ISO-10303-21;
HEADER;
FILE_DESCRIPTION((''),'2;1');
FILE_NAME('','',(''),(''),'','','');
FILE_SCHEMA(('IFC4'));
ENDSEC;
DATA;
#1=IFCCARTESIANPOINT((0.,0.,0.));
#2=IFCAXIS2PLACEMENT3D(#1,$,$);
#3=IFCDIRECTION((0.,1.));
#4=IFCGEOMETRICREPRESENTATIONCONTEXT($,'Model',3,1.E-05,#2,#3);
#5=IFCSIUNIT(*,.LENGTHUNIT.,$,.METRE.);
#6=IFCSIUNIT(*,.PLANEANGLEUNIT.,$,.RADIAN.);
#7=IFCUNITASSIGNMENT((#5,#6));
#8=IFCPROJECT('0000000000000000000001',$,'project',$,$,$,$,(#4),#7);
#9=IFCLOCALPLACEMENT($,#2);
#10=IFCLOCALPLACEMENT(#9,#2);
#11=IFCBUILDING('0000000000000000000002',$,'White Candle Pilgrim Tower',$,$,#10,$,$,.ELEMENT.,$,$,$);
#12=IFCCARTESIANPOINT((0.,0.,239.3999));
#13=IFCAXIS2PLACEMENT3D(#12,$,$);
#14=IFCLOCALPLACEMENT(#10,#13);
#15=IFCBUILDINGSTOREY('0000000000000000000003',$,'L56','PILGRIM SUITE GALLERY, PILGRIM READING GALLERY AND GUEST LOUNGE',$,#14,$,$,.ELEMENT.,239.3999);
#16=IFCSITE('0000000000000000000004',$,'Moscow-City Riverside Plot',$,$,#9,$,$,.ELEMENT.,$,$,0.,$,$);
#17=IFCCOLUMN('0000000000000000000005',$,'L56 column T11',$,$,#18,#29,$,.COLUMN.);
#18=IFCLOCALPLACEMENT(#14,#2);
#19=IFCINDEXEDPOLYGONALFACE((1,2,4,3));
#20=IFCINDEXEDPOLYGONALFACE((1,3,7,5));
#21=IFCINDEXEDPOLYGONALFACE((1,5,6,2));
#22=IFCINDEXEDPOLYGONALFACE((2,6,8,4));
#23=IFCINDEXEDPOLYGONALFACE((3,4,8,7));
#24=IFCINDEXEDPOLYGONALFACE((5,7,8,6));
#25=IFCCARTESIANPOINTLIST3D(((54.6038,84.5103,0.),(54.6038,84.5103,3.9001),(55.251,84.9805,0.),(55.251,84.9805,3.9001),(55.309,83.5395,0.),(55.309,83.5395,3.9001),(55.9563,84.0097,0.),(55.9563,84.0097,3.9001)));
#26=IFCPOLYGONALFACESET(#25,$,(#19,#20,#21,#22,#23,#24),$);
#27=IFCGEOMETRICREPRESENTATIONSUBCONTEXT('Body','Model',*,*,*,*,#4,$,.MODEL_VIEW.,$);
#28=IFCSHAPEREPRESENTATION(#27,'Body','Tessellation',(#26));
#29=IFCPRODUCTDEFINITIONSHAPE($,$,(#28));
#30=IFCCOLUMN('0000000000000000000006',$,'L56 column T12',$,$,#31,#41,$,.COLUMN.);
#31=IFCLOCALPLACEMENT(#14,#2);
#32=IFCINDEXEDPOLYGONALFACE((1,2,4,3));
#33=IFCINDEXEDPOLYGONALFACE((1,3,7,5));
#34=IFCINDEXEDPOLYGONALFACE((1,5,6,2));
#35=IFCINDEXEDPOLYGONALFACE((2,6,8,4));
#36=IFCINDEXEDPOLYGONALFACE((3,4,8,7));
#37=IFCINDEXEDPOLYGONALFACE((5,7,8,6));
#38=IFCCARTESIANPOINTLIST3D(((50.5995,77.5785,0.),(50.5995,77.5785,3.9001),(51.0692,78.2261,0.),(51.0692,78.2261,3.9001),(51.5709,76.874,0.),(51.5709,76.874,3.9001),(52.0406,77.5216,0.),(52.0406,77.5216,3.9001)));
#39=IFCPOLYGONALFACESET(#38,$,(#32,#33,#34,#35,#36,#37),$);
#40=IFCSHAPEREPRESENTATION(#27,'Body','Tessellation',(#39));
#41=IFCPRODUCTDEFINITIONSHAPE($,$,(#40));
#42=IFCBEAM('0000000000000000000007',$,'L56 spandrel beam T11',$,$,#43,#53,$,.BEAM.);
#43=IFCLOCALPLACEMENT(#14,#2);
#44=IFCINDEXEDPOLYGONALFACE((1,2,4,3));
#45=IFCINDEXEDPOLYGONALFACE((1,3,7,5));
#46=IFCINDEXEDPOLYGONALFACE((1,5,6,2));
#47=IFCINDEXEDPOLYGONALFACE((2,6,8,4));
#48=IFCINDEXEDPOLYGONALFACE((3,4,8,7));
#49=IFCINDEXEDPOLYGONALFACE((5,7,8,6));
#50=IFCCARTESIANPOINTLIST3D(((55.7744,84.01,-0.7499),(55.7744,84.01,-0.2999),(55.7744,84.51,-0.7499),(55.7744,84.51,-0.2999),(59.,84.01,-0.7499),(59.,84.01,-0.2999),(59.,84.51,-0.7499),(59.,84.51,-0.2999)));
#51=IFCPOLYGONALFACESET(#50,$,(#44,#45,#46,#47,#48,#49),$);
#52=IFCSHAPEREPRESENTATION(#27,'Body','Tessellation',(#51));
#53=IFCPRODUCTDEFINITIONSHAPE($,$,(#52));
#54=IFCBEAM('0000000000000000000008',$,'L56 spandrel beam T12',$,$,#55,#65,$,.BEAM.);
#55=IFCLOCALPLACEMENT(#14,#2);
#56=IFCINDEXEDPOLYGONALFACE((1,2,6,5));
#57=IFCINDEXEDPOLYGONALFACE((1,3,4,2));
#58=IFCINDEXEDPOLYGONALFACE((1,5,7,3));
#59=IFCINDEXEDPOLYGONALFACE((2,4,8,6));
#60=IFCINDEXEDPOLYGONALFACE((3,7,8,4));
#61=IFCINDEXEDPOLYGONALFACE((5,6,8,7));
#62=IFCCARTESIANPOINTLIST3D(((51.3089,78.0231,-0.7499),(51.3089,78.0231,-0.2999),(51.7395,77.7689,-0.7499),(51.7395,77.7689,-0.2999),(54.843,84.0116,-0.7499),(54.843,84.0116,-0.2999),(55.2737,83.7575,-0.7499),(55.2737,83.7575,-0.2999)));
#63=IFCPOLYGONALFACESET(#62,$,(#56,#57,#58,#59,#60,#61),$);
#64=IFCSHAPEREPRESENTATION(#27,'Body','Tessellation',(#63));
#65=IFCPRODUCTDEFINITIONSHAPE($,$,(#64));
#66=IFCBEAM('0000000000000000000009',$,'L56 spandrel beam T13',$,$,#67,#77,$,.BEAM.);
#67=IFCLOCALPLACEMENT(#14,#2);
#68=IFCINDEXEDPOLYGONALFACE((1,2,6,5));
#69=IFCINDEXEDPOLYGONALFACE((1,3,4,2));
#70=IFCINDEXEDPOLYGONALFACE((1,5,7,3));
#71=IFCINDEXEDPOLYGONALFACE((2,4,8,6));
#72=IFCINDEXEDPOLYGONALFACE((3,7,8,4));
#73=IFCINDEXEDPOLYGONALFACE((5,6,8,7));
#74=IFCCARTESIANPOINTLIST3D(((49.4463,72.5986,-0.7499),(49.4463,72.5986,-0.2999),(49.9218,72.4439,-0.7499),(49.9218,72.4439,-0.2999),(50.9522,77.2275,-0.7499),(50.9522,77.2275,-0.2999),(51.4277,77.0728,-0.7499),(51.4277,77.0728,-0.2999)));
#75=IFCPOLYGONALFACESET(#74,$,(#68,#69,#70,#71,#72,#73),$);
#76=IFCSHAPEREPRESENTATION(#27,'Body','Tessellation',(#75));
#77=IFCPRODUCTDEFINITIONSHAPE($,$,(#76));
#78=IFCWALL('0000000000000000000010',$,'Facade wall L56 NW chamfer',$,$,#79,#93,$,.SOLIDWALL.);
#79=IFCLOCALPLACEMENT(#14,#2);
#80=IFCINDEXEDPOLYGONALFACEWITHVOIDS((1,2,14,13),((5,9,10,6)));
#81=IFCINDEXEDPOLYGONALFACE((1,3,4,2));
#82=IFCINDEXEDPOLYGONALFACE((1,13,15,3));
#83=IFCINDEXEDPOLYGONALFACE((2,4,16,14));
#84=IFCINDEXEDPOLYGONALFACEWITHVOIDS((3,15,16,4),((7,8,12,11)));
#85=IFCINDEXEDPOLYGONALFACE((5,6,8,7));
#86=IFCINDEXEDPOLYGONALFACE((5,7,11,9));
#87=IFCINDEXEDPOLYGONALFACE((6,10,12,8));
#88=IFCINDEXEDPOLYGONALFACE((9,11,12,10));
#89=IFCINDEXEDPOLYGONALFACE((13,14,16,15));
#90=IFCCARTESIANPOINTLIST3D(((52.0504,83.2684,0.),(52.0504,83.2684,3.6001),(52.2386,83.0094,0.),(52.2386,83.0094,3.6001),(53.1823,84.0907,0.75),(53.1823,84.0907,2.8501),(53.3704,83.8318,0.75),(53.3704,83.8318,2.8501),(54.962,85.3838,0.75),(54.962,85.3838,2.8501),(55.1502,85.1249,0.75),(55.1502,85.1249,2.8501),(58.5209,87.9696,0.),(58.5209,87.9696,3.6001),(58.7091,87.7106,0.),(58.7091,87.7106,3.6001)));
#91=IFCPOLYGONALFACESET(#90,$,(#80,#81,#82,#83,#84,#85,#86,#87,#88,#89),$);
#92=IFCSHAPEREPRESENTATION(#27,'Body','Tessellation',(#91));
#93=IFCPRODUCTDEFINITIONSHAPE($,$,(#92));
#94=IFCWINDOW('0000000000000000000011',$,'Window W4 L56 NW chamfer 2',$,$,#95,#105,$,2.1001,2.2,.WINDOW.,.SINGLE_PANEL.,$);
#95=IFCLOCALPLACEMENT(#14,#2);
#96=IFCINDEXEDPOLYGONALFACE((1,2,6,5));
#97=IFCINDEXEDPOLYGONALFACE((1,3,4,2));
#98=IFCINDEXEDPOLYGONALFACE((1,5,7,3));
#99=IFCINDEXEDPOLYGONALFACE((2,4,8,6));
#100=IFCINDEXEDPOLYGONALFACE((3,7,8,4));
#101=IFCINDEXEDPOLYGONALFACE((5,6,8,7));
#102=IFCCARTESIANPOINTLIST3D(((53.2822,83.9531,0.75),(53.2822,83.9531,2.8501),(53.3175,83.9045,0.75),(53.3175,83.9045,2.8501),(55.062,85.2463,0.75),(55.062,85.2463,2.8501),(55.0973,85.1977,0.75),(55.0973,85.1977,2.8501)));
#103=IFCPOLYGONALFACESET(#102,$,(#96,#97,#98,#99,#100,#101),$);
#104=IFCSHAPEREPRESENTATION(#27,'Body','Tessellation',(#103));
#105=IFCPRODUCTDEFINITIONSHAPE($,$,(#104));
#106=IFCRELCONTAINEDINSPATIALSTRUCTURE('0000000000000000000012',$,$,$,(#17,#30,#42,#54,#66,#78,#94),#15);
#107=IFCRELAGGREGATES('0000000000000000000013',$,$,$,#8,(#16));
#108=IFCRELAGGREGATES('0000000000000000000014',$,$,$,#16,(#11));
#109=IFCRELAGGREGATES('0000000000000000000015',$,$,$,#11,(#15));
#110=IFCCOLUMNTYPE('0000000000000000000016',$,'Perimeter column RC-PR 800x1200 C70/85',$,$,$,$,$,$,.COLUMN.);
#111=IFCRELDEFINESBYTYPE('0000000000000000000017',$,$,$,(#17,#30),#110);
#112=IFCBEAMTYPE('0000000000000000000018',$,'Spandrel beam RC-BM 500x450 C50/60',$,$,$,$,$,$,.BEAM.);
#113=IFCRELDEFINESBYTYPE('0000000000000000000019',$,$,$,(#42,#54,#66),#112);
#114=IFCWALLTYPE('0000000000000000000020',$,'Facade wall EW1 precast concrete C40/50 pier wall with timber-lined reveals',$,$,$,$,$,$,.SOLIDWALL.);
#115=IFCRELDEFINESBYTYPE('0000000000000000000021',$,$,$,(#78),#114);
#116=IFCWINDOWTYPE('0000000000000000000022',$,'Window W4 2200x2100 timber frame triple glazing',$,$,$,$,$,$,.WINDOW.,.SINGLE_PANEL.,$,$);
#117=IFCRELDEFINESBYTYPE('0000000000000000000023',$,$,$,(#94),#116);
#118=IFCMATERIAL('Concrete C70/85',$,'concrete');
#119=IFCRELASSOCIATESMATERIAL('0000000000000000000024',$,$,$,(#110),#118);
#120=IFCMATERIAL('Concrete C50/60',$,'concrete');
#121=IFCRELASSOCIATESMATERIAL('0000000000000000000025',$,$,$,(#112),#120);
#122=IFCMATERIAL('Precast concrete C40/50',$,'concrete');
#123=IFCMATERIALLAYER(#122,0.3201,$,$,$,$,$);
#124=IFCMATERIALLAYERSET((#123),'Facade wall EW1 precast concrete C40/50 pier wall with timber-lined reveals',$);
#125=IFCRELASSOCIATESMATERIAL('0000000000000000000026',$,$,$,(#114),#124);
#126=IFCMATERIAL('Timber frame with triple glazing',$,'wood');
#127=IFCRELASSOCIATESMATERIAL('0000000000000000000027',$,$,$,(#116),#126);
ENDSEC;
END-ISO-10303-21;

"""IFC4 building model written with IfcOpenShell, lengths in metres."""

from ifc_helpers import new_model, si_unit, direction, frame, frame_2d, origin, origin_2d, place, context, subcontext, project, spatial, rectangle, extrude, material, layer, layer_set, material_profile, profile_set, type_object, element, fill, save


model = new_model("IFC4")

# Units and contexts
model_context = context("Model", 3, precision=1e-05, world=origin(), true_north=direction((0.0, 1.0)))
body_context = subcontext(model_context, "Body", "Model", "MODEL_VIEW")
ifc_project = project(units=[si_unit("LENGTHUNIT", "METRE"), si_unit("PLANEANGLEUNIT", "RADIAN")], contexts=[model_context])

# Site, building, storey
site_placement = place(None, origin())
site = spatial("IfcSite", under=ifc_project, at=site_placement, Name="Moscow-City Riverside Plot", CompositionType="ELEMENT", RefElevation=0.0)
building_placement = place(site_placement, origin())
building = spatial("IfcBuilding", under=site, at=building_placement, Name="White Candle Pilgrim Tower", CompositionType="ELEMENT")
storey_placement = place(building_placement, frame((0.0, 0.0, 239.3999)))
storey = spatial("IfcBuildingStorey", under=building, at=storey_placement, Name="L56", Description="PILGRIM SUITE GALLERY, PILGRIM READING GALLERY AND GUEST LOUNGE", CompositionType="ELEMENT", Elevation=239.3999)

# Columns
ifc_material_1 = material(Name="Concrete C70/85", Category="concrete")
ifc_material_profile_1 = material_profile(ifc_material_1, rectangle(XDim=0.8, YDim=1.2, at=origin_2d()), Name="RC-PR 800x1200")
ifc_profile_set_1 = profile_set([ifc_material_profile_1], Name="Concrete C70/85")
column_type = type_object("IfcColumnType", Name="Perimeter column RC-PR 800x1200 C70/85", PredefinedType="COLUMN", material=ifc_profile_set_1)
for number, where, z_axis, x_axis, name in (
    (1, (55.28, 84.26, 0.0), (0.0, 0.0, 1.0), (0.809027, 0.587771, 0.0), "L56 column T11"),
    (2, (51.3201, 77.55, 0.0), (0.0, 0.0, 1.0), (0.587107, 0.809509, 0.0), "L56 column T12"),
):
    element("IfcColumn", number, at=place(storey_placement, frame(where, z_axis=z_axis, x_axis=x_axis)), inside=storey, type_object=column_type, Name=name, PredefinedType="COLUMN", context=body_context, shape_type="SweptSolid", body=[
        extrude(rectangle(XDim=0.8, YDim=1.2, at=origin_2d()), origin(), (0.0, 0.0, 1.0), 3.9001),
    ])

# Beams
ifc_material_2 = material(Name="Concrete C50/60", Category="concrete")
ifc_material_profile_2 = material_profile(ifc_material_2, rectangle(XDim=0.5, YDim=0.45, at=origin_2d()), Name="RC-BM 500x450")
ifc_profile_set_2 = profile_set([ifc_material_profile_2], Name="Concrete C50/60")
beam_type = type_object("IfcBeamType", Name="Spandrel beam RC-BM 500x450 C50/60", PredefinedType="BEAM", material=ifc_profile_set_2)
beam_1_placement = place(storey_placement, frame((55.7744, 84.26, -0.5249), z_axis=(1.0, 0.0, 0.0), x_axis=(0.0, 1.0, 0.0)))
element("IfcBeam", 3, at=beam_1_placement, inside=storey, type_object=beam_type, Name="L56 spandrel beam T11", PredefinedType="BEAM", context=body_context, shape_type="SweptSolid", body=[
    extrude(rectangle(XDim=0.5, YDim=0.45, at=origin_2d()), origin(), (0.0, 0.0, 1.0), 3.2256),
])
beam_2_placement = place(storey_placement, frame((55.0583, 83.8845, -0.5249), z_axis=(-0.50825, -0.861209, 0.0), x_axis=(0.861209, -0.50825, 0.0)))
element("IfcBeam", 4, at=beam_2_placement, inside=storey, type_object=beam_type, Name="L56 spandrel beam T12", PredefinedType="BEAM", context=body_context, shape_type="SweptSolid", body=[
    extrude(rectangle(XDim=0.5, YDim=0.45, at=origin_2d()), origin(), (0.0, 0.0, 1.0), 6.9536),
])
beam_3_placement = place(storey_placement, frame((51.1899, 77.1501, -0.5249), z_axis=(-0.309358, -0.950946, 0.0), x_axis=(0.950946, -0.309358, 0.0)))
element("IfcBeam", 5, at=beam_3_placement, inside=storey, type_object=beam_type, Name="L56 spandrel beam T13", PredefinedType="BEAM", context=body_context, shape_type="SweptSolid", body=[
    extrude(rectangle(XDim=0.5, YDim=0.45, at=origin_2d()), origin(), (0.0, 0.0, 1.0), 4.8677),
])

# Wall, opening, window
ifc_material_3 = material(Name="Precast concrete C40/50", Category="concrete")
ifc_layer_1 = layer(ifc_material_3, 0.3201)
ifc_layer_set_1 = layer_set([ifc_layer_1], Name="Facade wall EW1 precast concrete C40/50 pier wall with timber-lined reveals")
wall_type_1 = type_object("IfcWallType", Name="Facade wall EW1 precast concrete C40/50 pier wall with timber-lined reveals", PredefinedType="SOLIDWALL", material=ifc_layer_set_1)
wall_1_placement = place(storey_placement, frame((58.615, 87.8401, 0.0), z_axis=(0.0, 0.0, 1.0), x_axis=(-0.809011, -0.587794, 0.0)))
wall_1 = element("IfcWall", 6, at=wall_1_placement, inside=storey, type_object=wall_type_1, Name="Facade wall L56 NW chamfer", PredefinedType="SOLIDWALL", context=body_context, shape_type="SweptSolid", body=[
    extrude(rectangle(XDim=7.998, YDim=0.3201, at=frame_2d((3.999, 0.0))), origin(), (0.0, 0.0, 1.0), 3.6001),
])
opening_1_placement = place(wall_1_placement, frame((4.3989, 0.0, 0.75)))
opening_1 = element("IfcOpeningElement", 7, at=opening_1_placement, cuts=wall_1, PredefinedType="OPENING", context=body_context, shape_type="SweptSolid", body=[
    extrude(rectangle(XDim=2.2, YDim=2.1001, at=frame_2d((1.1001, 1.05))), frame((0.0, 0.1699, 0.0), z_axis=(0.0, -1.0, 0.0), x_axis=(1.0, 0.0, 0.0)), (0.0, 0.0, 1.0), 0.3401),
])
ifc_material_4 = material(Name="Timber frame with triple glazing", Category="wood")
window_type_1 = type_object("IfcWindowType", Name="Window W4 2200x2100 timber frame triple glazing", PartitioningType="SINGLE_PANEL", PredefinedType="WINDOW", material=ifc_material_4)
window_1_placement = place(opening_1_placement, origin())
window_1 = element("IfcWindow", 8, at=window_1_placement, inside=storey, type_object=window_type_1, Name="Window W4 L56 NW chamfer 2", OverallHeight=2.1001, OverallWidth=2.2, PartitioningType="SINGLE_PANEL", PredefinedType="WINDOW", context=body_context, shape_type="SweptSolid", body=[
    extrude(rectangle(XDim=2.2, YDim=2.1001, at=frame_2d((1.1001, 1.05))), frame((0.0, 0.0701, 0.0), z_axis=(0.0, -1.0, 0.0), x_axis=(1.0, 0.0, 0.0)), (0.0, 0.0, 1.0), 0.0601),
])
fill(opening_1, window_1)

save(model, "model.ifc")
